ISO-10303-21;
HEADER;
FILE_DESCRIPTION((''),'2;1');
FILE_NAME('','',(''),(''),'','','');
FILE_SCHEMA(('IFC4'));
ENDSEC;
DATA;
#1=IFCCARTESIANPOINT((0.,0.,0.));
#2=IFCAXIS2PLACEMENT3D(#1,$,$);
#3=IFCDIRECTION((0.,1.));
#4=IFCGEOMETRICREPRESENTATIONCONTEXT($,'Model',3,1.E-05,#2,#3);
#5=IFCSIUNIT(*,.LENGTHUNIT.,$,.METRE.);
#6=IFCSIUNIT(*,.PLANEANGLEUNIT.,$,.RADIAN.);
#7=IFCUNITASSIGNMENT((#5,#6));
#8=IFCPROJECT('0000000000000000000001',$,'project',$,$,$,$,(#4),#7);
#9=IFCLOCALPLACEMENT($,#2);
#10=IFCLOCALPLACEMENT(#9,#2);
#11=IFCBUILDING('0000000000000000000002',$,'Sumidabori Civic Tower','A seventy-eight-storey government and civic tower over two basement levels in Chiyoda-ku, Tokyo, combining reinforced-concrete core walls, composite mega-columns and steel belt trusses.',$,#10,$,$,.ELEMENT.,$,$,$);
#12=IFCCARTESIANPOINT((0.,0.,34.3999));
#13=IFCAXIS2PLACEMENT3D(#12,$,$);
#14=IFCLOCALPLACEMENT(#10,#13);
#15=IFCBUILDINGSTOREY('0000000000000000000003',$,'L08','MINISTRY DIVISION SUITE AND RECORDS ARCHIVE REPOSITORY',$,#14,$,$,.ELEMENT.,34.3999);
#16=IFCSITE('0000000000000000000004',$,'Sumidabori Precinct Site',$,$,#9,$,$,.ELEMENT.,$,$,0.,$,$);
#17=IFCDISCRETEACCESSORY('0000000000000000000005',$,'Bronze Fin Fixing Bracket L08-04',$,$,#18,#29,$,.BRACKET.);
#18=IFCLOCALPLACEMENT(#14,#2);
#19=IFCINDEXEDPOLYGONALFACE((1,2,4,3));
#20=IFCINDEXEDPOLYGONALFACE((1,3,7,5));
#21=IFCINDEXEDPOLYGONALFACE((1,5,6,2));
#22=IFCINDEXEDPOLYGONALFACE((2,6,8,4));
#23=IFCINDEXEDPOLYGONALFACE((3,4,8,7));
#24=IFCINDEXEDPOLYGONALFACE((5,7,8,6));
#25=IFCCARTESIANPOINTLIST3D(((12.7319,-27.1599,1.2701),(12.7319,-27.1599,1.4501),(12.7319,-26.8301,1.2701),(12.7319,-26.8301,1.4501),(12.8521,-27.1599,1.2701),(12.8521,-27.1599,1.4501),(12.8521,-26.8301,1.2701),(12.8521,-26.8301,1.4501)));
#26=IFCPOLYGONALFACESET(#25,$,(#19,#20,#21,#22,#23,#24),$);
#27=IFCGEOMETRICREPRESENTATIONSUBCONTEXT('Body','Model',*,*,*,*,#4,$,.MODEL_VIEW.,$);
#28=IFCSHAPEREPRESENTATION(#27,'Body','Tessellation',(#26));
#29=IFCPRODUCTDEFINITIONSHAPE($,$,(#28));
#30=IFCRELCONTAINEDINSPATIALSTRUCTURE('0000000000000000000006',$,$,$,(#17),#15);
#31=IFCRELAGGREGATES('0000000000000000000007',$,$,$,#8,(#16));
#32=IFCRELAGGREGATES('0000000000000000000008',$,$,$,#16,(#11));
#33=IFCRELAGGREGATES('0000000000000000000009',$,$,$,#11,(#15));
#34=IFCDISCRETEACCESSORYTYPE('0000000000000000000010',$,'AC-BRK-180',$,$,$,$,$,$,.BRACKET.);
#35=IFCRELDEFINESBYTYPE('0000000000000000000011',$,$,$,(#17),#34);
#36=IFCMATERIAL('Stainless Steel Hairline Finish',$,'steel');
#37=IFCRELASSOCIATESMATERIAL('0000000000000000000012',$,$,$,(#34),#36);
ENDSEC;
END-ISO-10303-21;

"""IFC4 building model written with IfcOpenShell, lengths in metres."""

from ifc_helpers import new_model, si_unit, direction, frame, origin, origin_2d, place, context, subcontext, project, spatial, rectangle, extrude, source, transform, mapped, material, material_profile, profile_set, type_object, element, save


model = new_model("IFC4")

# Units and contexts
model_context = context("Model", 3, precision=1e-05, world=origin(), true_north=direction((0.0, 1.0)))
body_context = subcontext(model_context, "Body", "Model", "MODEL_VIEW")
ifc_project = project(units=[si_unit("LENGTHUNIT", "METRE"), si_unit("PLANEANGLEUNIT", "RADIAN")], contexts=[model_context])

# Site, building, storey
site_placement = place(None, origin())
site = spatial("IfcSite", under=ifc_project, at=site_placement, Name="Sumidabori Precinct Site", CompositionType="ELEMENT", RefElevation=0.0)
building_placement = place(site_placement, origin())
building = spatial("IfcBuilding", under=site, at=building_placement, Name="Sumidabori Civic Tower", Description="A seventy-eight-storey government and civic tower over two basement levels in Chiyoda-ku, Tokyo, combining reinforced-concrete core walls, composite mega-columns and steel belt trusses.", CompositionType="ELEMENT")
storey_placement = place(building_placement, frame((0.0, 0.0, 34.3999)))
storey = spatial("IfcBuildingStorey", under=building, at=storey_placement, Name="L08", Description="MINISTRY DIVISION SUITE AND RECORDS ARCHIVE REPOSITORY", CompositionType="ELEMENT", Elevation=34.3999)

# Discrete accessory
ifc_material_1 = material(Name="Stainless Steel Hairline Finish", Category="steel")
ifc_material_profile_1 = material_profile(ifc_material_1, rectangle(XDim=0.1201, YDim=0.1799, at=origin_2d()), Name="STEEL BRACKET 180x120")
ifc_profile_set_1 = profile_set([ifc_material_profile_1], Name="Stainless Steel Hairline Finish")
discrete_accessory_type = type_object("IfcDiscreteAccessoryType", Name="AC-BRK-180", PredefinedType="BRACKET", material=ifc_profile_set_1)
shared_shape_1 = source(origin(), body_context, "Body", "SweptSolid", [
    extrude(rectangle(XDim=0.1201, YDim=0.1799, at=origin_2d()), origin(), (0.0, 0.0, 1.0), 0.3298),
])
discrete_accessory_placement = place(storey_placement, frame((12.792, -26.8301, 1.3601), z_axis=(0.0, -1.0, 0.0), x_axis=(1.0, 0.0, 0.0)))
element("IfcDiscreteAccessory", 1, at=discrete_accessory_placement, inside=storey, type_object=discrete_accessory_type, Name="Bronze Fin Fixing Bracket L08-04", PredefinedType="BRACKET", context=body_context, shape_type="MappedRepresentation", body=[
    mapped(shared_shape_1, transform((0.0, 0.0, 0.0), x_axis=(1.0, 0.0, 0.0), y_axis=(0.0, 1.0, 0.0), z_axis=(0.0, 0.0, 1.0), scale=1.0)),
])

save(model, "model.ifc")
